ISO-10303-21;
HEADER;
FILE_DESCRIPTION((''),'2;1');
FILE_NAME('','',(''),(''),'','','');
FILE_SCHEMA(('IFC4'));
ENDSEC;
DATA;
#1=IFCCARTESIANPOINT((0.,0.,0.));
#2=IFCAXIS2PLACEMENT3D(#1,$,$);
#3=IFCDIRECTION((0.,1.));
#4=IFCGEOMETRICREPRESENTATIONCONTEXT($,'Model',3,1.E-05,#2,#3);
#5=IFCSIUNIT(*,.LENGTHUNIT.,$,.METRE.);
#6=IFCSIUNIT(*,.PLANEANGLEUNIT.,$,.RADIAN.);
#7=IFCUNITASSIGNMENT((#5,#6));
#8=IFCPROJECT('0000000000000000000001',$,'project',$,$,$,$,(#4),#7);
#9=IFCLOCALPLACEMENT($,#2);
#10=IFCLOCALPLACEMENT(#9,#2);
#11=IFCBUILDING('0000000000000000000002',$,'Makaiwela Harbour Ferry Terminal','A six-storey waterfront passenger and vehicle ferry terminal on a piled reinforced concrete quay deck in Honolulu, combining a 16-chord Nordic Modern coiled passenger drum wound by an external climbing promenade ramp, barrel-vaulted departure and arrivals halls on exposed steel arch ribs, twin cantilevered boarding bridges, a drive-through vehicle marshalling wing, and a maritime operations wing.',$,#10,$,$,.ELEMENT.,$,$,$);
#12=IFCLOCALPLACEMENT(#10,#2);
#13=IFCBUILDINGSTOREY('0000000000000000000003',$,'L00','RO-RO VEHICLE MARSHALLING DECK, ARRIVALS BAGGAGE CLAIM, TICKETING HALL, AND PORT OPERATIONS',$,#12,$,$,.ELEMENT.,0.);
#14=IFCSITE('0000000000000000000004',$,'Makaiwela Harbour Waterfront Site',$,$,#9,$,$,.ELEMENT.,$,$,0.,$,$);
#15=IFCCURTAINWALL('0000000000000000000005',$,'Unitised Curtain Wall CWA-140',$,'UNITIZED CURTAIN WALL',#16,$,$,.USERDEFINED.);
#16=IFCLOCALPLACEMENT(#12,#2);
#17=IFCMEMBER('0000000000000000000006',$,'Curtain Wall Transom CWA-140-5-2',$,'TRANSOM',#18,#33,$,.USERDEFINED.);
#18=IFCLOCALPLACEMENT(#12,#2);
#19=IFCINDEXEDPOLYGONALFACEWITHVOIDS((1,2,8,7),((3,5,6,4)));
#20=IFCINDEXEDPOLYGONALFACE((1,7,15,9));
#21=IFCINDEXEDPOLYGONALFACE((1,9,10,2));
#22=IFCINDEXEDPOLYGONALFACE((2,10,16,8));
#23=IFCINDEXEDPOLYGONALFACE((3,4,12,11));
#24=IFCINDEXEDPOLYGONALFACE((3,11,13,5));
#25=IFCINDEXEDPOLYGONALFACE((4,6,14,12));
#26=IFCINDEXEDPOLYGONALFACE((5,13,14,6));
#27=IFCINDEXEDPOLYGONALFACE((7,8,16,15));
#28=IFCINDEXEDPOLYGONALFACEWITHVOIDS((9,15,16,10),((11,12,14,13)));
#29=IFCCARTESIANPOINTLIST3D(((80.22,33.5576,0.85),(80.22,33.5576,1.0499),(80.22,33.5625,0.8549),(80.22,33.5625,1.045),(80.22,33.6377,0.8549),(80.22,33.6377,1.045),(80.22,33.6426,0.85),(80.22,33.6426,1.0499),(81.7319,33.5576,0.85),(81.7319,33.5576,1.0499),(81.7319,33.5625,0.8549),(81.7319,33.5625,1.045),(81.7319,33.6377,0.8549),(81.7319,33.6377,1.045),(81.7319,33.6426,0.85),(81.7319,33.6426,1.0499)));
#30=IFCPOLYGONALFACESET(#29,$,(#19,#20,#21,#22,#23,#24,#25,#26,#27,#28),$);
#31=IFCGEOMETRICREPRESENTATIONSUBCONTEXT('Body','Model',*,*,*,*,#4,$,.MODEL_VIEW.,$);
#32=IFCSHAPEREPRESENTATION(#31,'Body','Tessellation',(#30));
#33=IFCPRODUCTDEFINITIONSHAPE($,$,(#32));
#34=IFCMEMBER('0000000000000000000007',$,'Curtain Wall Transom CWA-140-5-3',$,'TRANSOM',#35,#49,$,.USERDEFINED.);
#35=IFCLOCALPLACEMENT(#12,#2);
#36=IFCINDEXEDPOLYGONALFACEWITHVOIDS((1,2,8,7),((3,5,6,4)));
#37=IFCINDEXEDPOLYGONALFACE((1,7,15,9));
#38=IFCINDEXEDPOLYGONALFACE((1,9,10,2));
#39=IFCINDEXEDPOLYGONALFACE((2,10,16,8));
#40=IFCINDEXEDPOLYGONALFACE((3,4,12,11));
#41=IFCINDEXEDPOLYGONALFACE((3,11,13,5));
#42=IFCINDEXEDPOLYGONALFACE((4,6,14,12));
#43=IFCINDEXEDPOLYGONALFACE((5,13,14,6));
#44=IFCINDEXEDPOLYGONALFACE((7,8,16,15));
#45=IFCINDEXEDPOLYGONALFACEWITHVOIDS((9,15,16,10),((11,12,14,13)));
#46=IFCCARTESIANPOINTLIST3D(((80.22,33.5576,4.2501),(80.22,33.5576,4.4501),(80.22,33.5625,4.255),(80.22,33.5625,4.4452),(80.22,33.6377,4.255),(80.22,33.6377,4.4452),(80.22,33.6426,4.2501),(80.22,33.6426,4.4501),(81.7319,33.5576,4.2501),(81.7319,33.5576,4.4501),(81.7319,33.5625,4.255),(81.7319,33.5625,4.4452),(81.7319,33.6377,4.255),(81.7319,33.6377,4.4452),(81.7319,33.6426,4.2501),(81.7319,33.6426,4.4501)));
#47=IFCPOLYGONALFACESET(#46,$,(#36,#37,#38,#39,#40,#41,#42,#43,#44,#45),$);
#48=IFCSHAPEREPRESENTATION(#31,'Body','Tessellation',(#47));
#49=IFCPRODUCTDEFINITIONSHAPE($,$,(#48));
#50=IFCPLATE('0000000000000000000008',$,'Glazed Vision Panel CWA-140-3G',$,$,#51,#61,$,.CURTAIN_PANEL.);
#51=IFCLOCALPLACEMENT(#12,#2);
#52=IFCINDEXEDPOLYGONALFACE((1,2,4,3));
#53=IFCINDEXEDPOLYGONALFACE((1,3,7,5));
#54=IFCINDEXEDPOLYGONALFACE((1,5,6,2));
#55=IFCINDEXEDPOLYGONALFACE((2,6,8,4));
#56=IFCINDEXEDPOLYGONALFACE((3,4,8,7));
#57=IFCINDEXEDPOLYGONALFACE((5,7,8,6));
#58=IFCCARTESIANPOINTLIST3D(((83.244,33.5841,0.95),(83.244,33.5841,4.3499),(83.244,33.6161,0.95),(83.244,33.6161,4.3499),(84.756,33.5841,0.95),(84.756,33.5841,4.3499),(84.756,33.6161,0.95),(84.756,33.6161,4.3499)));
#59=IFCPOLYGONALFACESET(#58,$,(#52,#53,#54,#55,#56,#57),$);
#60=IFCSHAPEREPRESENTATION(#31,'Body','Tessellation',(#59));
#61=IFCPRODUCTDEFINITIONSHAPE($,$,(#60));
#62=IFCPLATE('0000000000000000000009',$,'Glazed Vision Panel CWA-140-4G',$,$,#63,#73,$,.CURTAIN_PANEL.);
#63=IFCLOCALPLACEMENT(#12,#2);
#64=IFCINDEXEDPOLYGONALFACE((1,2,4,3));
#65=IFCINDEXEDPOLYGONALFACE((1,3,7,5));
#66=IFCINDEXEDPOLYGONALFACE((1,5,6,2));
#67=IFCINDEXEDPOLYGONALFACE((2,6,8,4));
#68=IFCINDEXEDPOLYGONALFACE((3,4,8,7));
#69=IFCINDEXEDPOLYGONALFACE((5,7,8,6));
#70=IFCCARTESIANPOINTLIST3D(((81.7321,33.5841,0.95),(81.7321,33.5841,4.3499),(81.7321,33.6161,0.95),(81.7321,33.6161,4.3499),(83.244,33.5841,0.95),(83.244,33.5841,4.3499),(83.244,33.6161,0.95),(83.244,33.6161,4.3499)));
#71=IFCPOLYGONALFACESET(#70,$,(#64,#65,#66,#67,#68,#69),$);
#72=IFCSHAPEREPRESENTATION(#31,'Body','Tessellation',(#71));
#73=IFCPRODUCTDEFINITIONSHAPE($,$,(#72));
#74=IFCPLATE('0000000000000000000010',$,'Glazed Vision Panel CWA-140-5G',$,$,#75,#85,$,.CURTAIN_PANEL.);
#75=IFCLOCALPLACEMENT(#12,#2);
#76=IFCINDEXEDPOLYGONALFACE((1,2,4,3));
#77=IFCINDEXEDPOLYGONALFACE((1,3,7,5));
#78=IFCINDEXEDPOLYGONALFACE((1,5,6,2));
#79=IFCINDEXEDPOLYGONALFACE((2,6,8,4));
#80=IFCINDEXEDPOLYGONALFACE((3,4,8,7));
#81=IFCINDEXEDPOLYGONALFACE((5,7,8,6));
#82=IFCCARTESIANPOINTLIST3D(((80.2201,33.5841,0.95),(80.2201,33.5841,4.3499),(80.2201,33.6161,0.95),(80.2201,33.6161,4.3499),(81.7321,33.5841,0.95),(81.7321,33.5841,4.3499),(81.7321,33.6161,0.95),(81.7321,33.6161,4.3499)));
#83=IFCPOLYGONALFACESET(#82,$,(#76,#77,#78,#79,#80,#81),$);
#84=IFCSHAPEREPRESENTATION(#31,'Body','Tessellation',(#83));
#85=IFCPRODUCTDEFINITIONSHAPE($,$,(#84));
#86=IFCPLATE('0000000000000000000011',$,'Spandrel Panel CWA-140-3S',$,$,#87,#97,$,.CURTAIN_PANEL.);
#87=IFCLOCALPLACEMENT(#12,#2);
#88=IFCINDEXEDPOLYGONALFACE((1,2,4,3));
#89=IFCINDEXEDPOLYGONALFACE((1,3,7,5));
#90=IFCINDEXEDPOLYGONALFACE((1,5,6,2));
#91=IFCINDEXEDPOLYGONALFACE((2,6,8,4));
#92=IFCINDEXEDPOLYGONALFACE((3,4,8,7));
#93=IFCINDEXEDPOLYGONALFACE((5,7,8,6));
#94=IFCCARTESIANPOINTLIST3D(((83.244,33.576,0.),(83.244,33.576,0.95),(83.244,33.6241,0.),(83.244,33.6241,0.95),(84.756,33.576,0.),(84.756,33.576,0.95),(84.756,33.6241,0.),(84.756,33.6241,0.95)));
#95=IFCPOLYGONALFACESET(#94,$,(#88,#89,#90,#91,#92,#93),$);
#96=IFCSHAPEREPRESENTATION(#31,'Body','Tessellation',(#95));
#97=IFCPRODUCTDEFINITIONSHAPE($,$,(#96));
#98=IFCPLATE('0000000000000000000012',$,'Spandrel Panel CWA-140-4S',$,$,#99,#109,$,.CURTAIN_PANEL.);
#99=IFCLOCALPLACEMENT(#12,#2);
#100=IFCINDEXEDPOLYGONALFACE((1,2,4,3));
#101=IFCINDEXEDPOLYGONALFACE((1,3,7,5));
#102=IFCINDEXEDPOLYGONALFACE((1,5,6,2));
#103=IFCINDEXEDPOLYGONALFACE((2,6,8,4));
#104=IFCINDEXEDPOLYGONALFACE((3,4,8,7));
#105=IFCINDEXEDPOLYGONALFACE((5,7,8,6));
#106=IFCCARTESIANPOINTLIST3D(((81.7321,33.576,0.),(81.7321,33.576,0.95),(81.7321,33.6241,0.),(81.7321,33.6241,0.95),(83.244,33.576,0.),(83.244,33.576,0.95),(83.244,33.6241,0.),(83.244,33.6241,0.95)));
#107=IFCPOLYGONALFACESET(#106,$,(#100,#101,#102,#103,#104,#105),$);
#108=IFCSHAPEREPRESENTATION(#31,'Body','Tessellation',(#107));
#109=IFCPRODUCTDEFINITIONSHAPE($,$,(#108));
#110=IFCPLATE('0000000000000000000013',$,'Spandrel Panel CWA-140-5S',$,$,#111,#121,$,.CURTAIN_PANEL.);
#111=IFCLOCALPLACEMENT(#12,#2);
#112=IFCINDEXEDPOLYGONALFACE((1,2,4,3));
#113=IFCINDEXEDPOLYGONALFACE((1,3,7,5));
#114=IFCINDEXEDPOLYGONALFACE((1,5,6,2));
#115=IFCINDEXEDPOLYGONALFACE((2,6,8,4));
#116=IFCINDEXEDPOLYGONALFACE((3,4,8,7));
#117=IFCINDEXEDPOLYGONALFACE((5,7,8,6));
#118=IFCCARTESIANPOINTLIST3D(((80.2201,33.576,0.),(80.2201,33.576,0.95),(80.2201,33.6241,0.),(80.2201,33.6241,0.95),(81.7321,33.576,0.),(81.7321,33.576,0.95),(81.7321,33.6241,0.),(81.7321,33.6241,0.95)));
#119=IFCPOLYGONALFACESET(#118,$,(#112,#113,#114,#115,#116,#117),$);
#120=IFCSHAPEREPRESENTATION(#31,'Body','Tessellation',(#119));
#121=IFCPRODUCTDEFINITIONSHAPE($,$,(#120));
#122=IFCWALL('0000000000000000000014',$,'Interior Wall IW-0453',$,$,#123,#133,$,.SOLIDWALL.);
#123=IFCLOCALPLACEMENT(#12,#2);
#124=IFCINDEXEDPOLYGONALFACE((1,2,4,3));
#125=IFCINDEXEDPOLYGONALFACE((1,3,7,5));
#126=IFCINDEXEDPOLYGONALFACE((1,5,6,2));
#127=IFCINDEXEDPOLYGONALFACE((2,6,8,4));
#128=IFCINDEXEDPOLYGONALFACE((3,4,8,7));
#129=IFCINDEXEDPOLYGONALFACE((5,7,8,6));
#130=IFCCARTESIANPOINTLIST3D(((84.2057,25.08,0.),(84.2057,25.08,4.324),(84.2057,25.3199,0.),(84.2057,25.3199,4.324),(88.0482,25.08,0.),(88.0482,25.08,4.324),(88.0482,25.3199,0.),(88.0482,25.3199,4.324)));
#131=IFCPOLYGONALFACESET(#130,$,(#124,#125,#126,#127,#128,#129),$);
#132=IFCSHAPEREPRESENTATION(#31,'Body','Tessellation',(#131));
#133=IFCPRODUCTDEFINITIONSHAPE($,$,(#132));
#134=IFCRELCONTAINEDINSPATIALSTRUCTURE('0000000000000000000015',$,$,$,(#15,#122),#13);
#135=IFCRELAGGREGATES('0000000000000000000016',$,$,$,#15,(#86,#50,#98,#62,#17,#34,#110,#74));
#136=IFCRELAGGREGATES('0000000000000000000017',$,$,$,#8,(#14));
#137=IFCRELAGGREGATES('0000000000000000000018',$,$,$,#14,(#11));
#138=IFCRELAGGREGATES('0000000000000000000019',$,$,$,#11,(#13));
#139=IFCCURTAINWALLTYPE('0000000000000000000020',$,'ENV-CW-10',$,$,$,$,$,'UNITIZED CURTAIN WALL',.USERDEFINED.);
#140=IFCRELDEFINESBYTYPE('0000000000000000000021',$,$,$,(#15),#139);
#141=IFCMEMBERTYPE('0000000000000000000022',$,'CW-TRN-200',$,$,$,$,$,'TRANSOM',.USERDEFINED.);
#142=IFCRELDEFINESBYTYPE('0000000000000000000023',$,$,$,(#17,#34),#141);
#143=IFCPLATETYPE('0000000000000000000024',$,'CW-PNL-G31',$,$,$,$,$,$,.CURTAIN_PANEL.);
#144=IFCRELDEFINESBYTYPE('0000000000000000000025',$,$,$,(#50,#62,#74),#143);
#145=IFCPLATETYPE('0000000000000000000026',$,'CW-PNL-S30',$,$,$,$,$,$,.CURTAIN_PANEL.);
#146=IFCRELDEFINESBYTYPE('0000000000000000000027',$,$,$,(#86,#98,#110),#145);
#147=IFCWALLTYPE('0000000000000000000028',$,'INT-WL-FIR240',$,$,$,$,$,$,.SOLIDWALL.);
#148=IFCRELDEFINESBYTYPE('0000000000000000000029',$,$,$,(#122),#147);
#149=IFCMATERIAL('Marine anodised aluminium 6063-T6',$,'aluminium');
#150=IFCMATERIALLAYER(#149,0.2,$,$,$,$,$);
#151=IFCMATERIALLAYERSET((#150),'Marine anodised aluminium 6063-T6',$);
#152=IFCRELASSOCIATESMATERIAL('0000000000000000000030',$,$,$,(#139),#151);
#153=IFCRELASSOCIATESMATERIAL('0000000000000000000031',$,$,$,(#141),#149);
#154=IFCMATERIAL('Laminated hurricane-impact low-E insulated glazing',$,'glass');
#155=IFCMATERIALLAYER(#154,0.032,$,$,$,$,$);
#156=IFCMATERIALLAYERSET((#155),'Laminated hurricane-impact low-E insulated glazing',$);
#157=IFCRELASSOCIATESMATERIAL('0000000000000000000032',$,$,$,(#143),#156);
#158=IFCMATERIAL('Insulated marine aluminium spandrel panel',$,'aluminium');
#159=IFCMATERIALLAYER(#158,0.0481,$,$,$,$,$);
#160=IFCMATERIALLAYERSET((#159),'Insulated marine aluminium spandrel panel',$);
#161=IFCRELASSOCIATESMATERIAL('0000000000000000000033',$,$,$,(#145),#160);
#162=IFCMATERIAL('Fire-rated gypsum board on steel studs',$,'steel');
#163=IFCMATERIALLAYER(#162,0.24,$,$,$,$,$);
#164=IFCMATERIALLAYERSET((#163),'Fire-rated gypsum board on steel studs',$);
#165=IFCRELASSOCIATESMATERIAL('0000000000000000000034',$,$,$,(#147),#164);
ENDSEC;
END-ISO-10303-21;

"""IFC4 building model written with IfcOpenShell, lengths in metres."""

from ifc_helpers import new_model, si_unit, direction, frame, frame_2d, origin, origin_2d, place, context, subcontext, project, spatial, rectangle, hollow_rectangle, extrude, material, layer, layer_set, material_profile, profile_set, type_object, element, aggregate, save


model = new_model("IFC4")

# Units and contexts
model_context = context("Model", 3, precision=1e-05, world=origin(), true_north=direction((0.0, 1.0)))
body_context = subcontext(model_context, "Body", "Model", "MODEL_VIEW")
ifc_project = project(units=[si_unit("LENGTHUNIT", "METRE"), si_unit("PLANEANGLEUNIT", "RADIAN")], contexts=[model_context])

# Site, building, storey
site_placement = place(None, origin())
site = spatial("IfcSite", under=ifc_project, at=site_placement, Name="Makaiwela Harbour Waterfront Site", CompositionType="ELEMENT", RefElevation=0.0)
building_placement = place(site_placement, origin())
building = spatial("IfcBuilding", under=site, at=building_placement, Name="Makaiwela Harbour Ferry Terminal", Description="A six-storey waterfront passenger and vehicle ferry terminal on a piled reinforced concrete quay deck in Honolulu, combining a 16-chord Nordic Modern coiled passenger drum wound by an external climbing promenade ramp, barrel-vaulted departure and arrivals halls on exposed steel arch ribs, twin cantilevered boarding bridges, a drive-through vehicle marshalling wing, and a maritime operations wing.", CompositionType="ELEMENT")
storey_placement = place(building_placement, origin())
storey = spatial("IfcBuildingStorey", under=building, at=storey_placement, Name="L00", Description="RO-RO VEHICLE MARSHALLING DECK, ARRIVALS BAGGAGE CLAIM, TICKETING HALL, AND PORT OPERATIONS", CompositionType="ELEMENT", Elevation=0.0)

# Curtain wall, members, plates
ifc_material_1 = material(Name="Marine anodised aluminium 6063-T6", Category="aluminium")
ifc_layer_1 = layer(ifc_material_1, 0.2)
ifc_layer_set_1 = layer_set([ifc_layer_1], Name="Marine anodised aluminium 6063-T6")
curtain_wall_type = type_object("IfcCurtainWallType", Name="ENV-CW-10", ElementType="UNITIZED CURTAIN WALL", PredefinedType="USERDEFINED", material=ifc_layer_set_1)
curtain_wall_placement = place(storey_placement, origin())
curtain_wall = element("IfcCurtainWall", 1, at=curtain_wall_placement, inside=storey, type_object=curtain_wall_type, Name="Unitised Curtain Wall CWA-140", ObjectType="UNITIZED CURTAIN WALL", PredefinedType="USERDEFINED")
ifc_material_profile_1 = material_profile(ifc_material_1, hollow_rectangle(XDim=0.085, YDim=0.2, WallThickness=0.0049, at=origin_2d()), Name="CWT-200X85")
ifc_profile_set_1 = profile_set([ifc_material_profile_1], Name="Marine anodised aluminium 6063-T6")
member_type_1 = type_object("IfcMemberType", Name="CW-TRN-200", ElementType="TRANSOM", PredefinedType="USERDEFINED", material=ifc_profile_set_1)
member_1_placement = place(storey_placement, frame((81.7319, 33.6001, 0.95), z_axis=(-1.0, 0.0, 0.0), x_axis=(0.0, -1.0, 0.0)))
member_1 = element("IfcMember", 2, at=member_1_placement, type_object=member_type_1, Name="Curtain Wall Transom CWA-140-5-2", ObjectType="TRANSOM", PredefinedType="USERDEFINED", context=body_context, shape_type="SweptSolid", body=[
    extrude(hollow_rectangle(XDim=0.085, YDim=0.2, WallThickness=0.0049, at=origin_2d()), origin(), (0.0, 0.0, 1.0), 1.512),
])
member_2_placement = place(storey_placement, frame((81.7319, 33.6001, 4.3501), z_axis=(-1.0, 0.0, 0.0), x_axis=(0.0, -1.0, 0.0)))
member_2 = element("IfcMember", 3, at=member_2_placement, type_object=member_type_1, Name="Curtain Wall Transom CWA-140-5-3", ObjectType="TRANSOM", PredefinedType="USERDEFINED", context=body_context, shape_type="SweptSolid", body=[
    extrude(hollow_rectangle(XDim=0.085, YDim=0.2, WallThickness=0.0049, at=origin_2d()), origin(), (0.0, 0.0, 1.0), 1.512),
])
ifc_material_2 = material(Name="Laminated hurricane-impact low-E insulated glazing", Category="glass")
ifc_layer_2 = layer(ifc_material_2, 0.032)
ifc_layer_set_2 = layer_set([ifc_layer_2], Name="Laminated hurricane-impact low-E insulated glazing")
plate_type_1 = type_object("IfcPlateType", Name="CW-PNL-G31", PredefinedType="CURTAIN_PANEL", material=ifc_layer_set_2)
plate_1_placement = place(storey_placement, frame((84.0, 33.6001, 0.95), z_axis=(0.0, 0.0, 1.0), x_axis=(-1.0, 0.0, 0.0)))
plate_1 = element("IfcPlate", 4, at=plate_1_placement, type_object=plate_type_1, Name="Glazed Vision Panel CWA-140-3G", PredefinedType="CURTAIN_PANEL", context=body_context, shape_type="SweptSolid", body=[
    extrude(rectangle(XDim=1.512, YDim=0.032, at=origin_2d()), origin(), (0.0, 0.0, 1.0), 3.3999),
])
plate_2_placement = place(storey_placement, frame((82.488, 33.6001, 0.95), z_axis=(0.0, 0.0, 1.0), x_axis=(-1.0, 0.0, 0.0)))
plate_2 = element("IfcPlate", 5, at=plate_2_placement, type_object=plate_type_1, Name="Glazed Vision Panel CWA-140-4G", PredefinedType="CURTAIN_PANEL", context=body_context, shape_type="SweptSolid", body=[
    extrude(rectangle(XDim=1.512, YDim=0.032, at=origin_2d()), origin(), (0.0, 0.0, 1.0), 3.3999),
])
plate_3_placement = place(storey_placement, frame((80.9761, 33.6001, 0.95), z_axis=(0.0, 0.0, 1.0), x_axis=(-1.0, 0.0, 0.0)))
plate_3 = element("IfcPlate", 6, at=plate_3_placement, type_object=plate_type_1, Name="Glazed Vision Panel CWA-140-5G", PredefinedType="CURTAIN_PANEL", context=body_context, shape_type="SweptSolid", body=[
    extrude(rectangle(XDim=1.512, YDim=0.032, at=origin_2d()), origin(), (0.0, 0.0, 1.0), 3.3999),
])
ifc_material_3 = material(Name="Insulated marine aluminium spandrel panel", Category="aluminium")
ifc_layer_3 = layer(ifc_material_3, 0.0481)
ifc_layer_set_3 = layer_set([ifc_layer_3], Name="Insulated marine aluminium spandrel panel")
plate_type_2 = type_object("IfcPlateType", Name="CW-PNL-S30", PredefinedType="CURTAIN_PANEL", material=ifc_layer_set_3)
plate_4_placement = place(storey_placement, frame((84.0, 33.6001, 0.0), z_axis=(0.0, 0.0, 1.0), x_axis=(-1.0, 0.0, 0.0)))
plate_4 = element("IfcPlate", 7, at=plate_4_placement, type_object=plate_type_2, Name="Spandrel Panel CWA-140-3S", PredefinedType="CURTAIN_PANEL", context=body_context, shape_type="SweptSolid", body=[
    extrude(rectangle(XDim=1.512, YDim=0.0481, at=origin_2d()), origin(), (0.0, 0.0, 1.0), 0.95),
])
plate_5_placement = place(storey_placement, frame((82.488, 33.6001, 0.0), z_axis=(0.0, 0.0, 1.0), x_axis=(-1.0, 0.0, 0.0)))
plate_5 = element("IfcPlate", 8, at=plate_5_placement, type_object=plate_type_2, Name="Spandrel Panel CWA-140-4S", PredefinedType="CURTAIN_PANEL", context=body_context, shape_type="SweptSolid", body=[
    extrude(rectangle(XDim=1.512, YDim=0.0481, at=origin_2d()), origin(), (0.0, 0.0, 1.0), 0.95),
])
plate_6_placement = place(storey_placement, frame((80.9761, 33.6001, 0.0), z_axis=(0.0, 0.0, 1.0), x_axis=(-1.0, 0.0, 0.0)))
plate_6 = element("IfcPlate", 9, at=plate_6_placement, type_object=plate_type_2, Name="Spandrel Panel CWA-140-5S", PredefinedType="CURTAIN_PANEL", context=body_context, shape_type="SweptSolid", body=[
    extrude(rectangle(XDim=1.512, YDim=0.0481, at=origin_2d()), origin(), (0.0, 0.0, 1.0), 0.95),
])
aggregate(curtain_wall, [plate_4, plate_1, plate_5, plate_2, member_1, member_2, plate_6, plate_3])

# Wall
ifc_material_4 = material(Name="Fire-rated gypsum board on steel studs", Category="steel")
ifc_layer_4 = layer(ifc_material_4, 0.24)
ifc_layer_set_4 = layer_set([ifc_layer_4], Name="Fire-rated gypsum board on steel studs")
wall_type = type_object("IfcWallType", Name="INT-WL-FIR240", PredefinedType="SOLIDWALL", material=ifc_layer_set_4)
wall_placement = place(storey_placement, frame((84.2056, 25.2, 0.0), z_axis=(0.0, 0.0, 1.0), x_axis=(1.0, 0.0, 0.0)))
element("IfcWall", 10, at=wall_placement, inside=storey, type_object=wall_type, Name="Interior Wall IW-0453", PredefinedType="SOLIDWALL", context=body_context, shape_type="SweptSolid", body=[
    extrude(rectangle(XDim=3.8425, YDim=0.24, at=frame_2d((1.9214, 0.0))), origin(), (0.0, 0.0, 1.0), 4.324),
])

save(model, "model.ifc")
